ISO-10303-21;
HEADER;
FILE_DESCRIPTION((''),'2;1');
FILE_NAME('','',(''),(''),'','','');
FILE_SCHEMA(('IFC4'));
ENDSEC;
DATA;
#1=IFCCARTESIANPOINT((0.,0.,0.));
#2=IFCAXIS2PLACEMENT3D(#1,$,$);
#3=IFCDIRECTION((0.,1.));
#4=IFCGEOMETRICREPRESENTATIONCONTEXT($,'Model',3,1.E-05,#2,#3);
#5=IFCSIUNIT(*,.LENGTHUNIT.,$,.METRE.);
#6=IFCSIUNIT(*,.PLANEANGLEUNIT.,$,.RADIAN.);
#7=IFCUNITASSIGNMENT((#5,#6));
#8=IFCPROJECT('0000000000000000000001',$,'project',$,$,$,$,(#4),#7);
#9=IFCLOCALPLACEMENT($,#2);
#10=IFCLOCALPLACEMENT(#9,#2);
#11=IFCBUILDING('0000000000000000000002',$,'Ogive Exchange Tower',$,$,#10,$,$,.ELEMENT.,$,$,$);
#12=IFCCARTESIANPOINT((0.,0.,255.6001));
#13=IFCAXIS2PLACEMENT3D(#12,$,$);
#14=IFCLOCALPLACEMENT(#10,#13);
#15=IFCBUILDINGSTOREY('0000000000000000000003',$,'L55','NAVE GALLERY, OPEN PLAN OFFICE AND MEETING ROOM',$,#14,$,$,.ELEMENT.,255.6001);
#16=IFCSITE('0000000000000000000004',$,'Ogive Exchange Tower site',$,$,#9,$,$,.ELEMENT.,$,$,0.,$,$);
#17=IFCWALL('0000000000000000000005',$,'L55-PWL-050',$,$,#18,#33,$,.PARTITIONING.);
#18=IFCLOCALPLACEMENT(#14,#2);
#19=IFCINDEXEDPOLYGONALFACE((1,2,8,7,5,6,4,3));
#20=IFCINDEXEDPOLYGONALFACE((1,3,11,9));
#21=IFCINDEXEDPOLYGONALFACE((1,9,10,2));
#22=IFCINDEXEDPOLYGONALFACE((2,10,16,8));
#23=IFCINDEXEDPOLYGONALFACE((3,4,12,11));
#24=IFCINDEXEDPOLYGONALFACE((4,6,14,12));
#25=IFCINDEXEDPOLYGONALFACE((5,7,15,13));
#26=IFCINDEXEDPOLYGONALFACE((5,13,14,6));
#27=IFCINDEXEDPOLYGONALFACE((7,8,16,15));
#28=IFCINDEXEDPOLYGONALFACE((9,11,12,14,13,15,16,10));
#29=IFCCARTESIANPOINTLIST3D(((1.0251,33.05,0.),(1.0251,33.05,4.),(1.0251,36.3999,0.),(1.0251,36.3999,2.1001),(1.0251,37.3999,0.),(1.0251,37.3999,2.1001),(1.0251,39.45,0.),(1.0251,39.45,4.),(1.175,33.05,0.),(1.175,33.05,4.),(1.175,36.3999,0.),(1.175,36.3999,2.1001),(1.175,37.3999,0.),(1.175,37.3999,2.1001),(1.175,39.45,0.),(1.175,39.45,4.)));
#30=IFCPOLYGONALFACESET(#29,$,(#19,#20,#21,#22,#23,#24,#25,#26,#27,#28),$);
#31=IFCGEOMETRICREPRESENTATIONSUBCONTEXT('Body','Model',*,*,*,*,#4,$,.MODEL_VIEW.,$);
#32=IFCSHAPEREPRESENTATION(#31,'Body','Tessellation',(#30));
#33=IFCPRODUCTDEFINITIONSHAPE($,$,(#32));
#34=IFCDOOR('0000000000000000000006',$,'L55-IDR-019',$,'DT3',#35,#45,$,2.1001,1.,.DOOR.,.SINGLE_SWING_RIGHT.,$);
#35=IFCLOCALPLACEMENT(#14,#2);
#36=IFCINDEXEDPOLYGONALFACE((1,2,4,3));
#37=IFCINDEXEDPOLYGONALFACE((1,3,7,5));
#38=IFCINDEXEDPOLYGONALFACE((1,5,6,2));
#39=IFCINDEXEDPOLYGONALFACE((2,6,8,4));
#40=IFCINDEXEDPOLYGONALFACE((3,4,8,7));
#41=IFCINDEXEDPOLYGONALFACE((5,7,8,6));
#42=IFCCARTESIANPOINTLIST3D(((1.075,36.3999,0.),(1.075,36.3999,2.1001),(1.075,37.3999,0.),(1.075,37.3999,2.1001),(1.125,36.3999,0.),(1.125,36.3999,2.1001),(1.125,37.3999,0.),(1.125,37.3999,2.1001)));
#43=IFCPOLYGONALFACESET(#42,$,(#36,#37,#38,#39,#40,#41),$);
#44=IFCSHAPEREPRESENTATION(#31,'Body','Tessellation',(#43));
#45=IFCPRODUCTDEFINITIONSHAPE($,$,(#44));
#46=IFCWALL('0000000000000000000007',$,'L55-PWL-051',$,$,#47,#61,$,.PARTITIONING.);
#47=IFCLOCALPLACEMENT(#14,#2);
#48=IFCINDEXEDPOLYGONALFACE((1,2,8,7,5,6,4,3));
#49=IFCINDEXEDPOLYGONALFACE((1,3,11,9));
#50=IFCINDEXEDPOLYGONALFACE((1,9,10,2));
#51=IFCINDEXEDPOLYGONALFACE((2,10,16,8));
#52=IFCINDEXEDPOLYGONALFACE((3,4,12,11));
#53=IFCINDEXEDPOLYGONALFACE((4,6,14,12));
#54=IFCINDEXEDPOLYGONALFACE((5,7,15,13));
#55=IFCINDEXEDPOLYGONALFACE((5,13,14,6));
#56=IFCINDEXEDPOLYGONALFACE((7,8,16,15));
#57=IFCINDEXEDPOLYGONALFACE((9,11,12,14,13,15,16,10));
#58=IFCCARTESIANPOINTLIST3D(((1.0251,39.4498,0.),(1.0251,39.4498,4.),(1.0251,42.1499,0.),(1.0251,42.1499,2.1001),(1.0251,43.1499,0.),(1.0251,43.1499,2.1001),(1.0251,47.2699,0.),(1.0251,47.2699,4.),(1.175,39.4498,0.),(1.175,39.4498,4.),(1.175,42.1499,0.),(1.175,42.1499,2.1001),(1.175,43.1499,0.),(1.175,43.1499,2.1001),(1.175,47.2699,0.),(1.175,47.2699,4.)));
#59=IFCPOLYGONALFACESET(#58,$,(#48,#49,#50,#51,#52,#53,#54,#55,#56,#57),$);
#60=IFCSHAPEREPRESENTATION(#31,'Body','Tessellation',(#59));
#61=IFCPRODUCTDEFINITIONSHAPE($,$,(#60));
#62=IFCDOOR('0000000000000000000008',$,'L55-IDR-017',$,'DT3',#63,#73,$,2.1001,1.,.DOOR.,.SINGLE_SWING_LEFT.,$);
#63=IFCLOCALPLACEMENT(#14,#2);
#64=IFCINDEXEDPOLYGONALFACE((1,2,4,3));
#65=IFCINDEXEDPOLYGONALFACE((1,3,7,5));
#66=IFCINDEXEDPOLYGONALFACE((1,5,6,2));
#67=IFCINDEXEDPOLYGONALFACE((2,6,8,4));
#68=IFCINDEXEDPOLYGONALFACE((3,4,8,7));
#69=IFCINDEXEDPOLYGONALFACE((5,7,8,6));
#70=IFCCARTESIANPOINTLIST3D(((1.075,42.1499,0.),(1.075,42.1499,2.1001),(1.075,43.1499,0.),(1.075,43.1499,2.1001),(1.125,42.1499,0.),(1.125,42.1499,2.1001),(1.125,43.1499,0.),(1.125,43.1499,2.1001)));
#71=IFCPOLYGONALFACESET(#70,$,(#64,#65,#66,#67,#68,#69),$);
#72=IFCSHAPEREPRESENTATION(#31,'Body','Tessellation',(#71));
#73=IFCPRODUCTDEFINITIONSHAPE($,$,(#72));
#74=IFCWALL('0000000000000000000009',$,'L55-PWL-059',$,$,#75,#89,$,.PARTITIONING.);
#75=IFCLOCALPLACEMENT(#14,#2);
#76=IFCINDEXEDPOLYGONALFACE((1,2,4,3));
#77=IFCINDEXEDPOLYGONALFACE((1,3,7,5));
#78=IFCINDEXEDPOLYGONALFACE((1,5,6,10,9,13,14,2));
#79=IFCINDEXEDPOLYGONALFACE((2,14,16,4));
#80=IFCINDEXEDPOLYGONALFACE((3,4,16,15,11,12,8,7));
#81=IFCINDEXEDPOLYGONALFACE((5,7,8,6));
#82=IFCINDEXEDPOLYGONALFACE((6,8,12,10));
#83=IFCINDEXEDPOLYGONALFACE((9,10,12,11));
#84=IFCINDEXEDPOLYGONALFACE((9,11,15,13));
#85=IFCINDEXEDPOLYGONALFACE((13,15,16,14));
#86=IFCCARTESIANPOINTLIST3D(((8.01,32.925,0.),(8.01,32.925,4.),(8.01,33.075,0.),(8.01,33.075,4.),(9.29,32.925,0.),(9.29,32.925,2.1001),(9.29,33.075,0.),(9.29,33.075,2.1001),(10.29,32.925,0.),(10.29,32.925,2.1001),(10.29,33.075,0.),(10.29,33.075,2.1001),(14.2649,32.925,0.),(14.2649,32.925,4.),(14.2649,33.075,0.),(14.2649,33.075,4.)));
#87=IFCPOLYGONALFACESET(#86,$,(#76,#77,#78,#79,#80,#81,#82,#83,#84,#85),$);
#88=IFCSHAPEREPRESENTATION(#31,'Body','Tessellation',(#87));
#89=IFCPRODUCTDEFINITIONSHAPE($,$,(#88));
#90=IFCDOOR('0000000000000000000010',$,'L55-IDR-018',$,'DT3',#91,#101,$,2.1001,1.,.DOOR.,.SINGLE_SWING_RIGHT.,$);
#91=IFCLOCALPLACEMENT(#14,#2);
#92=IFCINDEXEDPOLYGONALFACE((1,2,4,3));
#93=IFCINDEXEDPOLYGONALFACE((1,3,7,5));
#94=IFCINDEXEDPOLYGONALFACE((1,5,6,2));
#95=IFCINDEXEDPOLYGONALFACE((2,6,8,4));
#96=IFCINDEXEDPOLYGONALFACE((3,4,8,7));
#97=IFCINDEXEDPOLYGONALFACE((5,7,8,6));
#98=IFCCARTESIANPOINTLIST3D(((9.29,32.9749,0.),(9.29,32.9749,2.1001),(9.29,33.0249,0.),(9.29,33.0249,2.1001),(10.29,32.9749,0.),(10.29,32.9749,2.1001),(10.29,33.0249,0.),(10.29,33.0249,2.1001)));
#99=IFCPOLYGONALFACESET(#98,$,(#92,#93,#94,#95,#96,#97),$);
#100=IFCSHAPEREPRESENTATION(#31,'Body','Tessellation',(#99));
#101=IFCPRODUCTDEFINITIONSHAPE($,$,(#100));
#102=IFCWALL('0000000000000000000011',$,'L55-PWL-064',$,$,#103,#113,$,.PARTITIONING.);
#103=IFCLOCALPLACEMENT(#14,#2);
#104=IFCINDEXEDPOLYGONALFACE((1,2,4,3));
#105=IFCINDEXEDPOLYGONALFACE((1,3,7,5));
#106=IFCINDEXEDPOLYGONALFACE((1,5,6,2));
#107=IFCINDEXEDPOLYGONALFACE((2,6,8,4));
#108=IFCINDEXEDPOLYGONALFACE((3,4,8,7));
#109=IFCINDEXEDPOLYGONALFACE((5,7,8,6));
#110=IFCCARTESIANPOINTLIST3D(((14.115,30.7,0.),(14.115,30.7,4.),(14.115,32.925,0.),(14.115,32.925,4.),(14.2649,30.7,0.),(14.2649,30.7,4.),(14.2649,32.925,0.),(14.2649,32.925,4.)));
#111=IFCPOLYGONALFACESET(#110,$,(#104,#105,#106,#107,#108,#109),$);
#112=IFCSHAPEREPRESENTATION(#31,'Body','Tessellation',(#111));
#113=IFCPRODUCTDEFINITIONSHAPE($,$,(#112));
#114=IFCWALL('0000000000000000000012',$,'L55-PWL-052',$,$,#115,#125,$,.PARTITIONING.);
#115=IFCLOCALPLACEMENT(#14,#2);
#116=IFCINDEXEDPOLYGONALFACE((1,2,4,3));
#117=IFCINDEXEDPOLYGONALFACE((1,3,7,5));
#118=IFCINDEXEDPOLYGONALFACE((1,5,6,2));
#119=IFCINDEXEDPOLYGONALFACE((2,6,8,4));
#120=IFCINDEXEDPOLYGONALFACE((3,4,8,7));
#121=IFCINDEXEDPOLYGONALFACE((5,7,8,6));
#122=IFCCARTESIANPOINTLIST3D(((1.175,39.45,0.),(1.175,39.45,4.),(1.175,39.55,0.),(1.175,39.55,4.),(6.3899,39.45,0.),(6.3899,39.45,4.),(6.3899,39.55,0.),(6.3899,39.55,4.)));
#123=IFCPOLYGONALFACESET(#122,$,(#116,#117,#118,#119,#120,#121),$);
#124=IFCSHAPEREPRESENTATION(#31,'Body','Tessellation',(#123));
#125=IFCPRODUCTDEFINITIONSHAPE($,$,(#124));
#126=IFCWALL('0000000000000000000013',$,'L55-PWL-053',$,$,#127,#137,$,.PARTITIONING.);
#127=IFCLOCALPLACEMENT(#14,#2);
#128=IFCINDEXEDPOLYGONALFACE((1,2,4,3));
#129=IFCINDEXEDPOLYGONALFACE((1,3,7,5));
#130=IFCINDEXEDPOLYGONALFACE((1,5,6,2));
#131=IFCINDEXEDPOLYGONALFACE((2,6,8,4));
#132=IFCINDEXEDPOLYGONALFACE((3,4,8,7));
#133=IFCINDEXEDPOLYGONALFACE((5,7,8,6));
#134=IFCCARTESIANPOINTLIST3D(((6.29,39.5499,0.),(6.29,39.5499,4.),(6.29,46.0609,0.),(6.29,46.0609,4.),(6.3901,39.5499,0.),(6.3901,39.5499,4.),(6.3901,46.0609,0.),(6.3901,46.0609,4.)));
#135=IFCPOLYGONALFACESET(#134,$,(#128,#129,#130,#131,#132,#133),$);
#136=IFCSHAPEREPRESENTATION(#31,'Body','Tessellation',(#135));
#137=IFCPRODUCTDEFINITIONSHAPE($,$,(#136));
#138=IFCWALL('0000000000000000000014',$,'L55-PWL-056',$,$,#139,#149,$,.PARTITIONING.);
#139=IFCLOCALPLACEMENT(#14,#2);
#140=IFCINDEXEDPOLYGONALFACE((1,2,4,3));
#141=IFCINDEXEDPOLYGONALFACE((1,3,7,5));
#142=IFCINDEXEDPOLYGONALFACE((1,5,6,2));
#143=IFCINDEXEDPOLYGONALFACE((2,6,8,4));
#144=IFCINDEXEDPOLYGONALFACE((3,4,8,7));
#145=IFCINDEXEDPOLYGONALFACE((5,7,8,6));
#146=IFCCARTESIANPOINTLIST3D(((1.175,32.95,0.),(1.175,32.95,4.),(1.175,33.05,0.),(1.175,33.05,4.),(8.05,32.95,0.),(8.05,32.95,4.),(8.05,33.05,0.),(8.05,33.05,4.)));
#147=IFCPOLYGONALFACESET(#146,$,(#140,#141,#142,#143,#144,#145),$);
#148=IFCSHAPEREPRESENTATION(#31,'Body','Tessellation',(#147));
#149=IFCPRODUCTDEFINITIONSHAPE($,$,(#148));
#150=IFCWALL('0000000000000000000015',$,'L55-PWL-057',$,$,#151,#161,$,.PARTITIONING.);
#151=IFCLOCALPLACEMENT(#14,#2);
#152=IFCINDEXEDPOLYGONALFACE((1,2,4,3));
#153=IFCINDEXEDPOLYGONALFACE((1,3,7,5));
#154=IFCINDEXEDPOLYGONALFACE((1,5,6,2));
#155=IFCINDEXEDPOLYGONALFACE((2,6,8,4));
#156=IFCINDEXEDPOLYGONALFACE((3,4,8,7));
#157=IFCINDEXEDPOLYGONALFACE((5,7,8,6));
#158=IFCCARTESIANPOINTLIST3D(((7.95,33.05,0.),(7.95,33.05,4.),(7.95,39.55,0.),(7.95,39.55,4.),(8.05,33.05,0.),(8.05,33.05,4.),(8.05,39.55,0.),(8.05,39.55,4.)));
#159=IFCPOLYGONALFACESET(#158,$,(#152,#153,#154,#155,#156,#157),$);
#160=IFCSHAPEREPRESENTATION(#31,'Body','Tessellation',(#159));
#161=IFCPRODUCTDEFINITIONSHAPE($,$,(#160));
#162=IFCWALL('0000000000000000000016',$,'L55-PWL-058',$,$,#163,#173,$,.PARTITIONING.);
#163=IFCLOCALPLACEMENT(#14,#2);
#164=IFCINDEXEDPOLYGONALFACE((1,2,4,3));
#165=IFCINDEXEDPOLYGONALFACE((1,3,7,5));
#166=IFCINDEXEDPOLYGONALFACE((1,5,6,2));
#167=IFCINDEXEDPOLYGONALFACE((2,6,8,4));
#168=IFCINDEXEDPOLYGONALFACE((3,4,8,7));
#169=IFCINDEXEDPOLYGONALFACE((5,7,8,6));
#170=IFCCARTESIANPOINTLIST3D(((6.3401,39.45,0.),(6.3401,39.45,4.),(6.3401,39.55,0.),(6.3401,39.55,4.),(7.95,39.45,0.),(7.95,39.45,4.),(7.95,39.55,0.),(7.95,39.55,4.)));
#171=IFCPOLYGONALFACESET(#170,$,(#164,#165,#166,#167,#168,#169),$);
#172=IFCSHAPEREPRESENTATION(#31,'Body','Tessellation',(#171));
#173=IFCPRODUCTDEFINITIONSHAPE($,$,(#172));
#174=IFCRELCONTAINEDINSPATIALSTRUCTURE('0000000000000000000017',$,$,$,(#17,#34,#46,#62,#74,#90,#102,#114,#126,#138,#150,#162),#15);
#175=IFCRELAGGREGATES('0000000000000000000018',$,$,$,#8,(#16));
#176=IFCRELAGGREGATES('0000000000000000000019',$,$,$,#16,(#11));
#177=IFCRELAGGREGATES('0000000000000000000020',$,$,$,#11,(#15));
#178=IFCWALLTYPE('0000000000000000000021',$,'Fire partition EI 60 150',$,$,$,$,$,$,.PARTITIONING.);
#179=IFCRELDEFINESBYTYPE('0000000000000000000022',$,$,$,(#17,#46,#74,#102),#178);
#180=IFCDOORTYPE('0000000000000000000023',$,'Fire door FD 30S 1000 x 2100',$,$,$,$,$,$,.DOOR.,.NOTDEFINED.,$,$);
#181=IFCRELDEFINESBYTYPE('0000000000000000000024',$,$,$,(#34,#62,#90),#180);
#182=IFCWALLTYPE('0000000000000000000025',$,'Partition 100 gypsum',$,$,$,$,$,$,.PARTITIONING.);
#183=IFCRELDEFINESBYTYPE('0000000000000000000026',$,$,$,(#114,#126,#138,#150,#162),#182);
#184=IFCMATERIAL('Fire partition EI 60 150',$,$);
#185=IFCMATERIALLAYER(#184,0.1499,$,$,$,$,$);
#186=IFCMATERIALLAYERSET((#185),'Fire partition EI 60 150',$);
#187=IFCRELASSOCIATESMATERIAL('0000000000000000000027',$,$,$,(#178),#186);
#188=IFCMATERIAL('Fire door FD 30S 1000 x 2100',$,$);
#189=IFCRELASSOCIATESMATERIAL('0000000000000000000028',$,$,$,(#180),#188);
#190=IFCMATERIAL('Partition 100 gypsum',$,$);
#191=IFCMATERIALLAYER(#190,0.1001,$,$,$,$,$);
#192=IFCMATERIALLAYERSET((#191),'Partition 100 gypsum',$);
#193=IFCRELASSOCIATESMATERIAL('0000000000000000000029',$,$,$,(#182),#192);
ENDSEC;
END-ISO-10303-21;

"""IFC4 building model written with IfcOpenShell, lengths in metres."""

from ifc_helpers import new_model, si_unit, direction, frame, frame_2d, origin, place, context, subcontext, project, spatial, rectangle, extrude, material, layer, layer_set, type_object, element, fill, save


model = new_model("IFC4")

# Units and contexts
model_context = context("Model", 3, precision=1e-05, world=origin(), true_north=direction((0.0, 1.0)))
body_context = subcontext(model_context, "Body", "Model", "MODEL_VIEW")
ifc_project = project(units=[si_unit("LENGTHUNIT", "METRE"), si_unit("PLANEANGLEUNIT", "RADIAN")], contexts=[model_context])

# Site, building, storey
site_placement = place(None, origin())
site = spatial("IfcSite", under=ifc_project, at=site_placement, Name="Ogive Exchange Tower site", CompositionType="ELEMENT", RefElevation=0.0)
building_placement = place(site_placement, origin())
building = spatial("IfcBuilding", under=site, at=building_placement, Name="Ogive Exchange Tower", CompositionType="ELEMENT")
storey_placement = place(building_placement, frame((0.0, 0.0, 255.6001)))
storey = spatial("IfcBuildingStorey", under=building, at=storey_placement, Name="L55", Description="NAVE GALLERY, OPEN PLAN OFFICE AND MEETING ROOM", CompositionType="ELEMENT", Elevation=255.6001)

# Walls, openings, doors
ifc_material_1 = material(Name="Fire partition EI 60 150")
ifc_layer_1 = layer(ifc_material_1, 0.1499)
ifc_layer_set_1 = layer_set([ifc_layer_1], Name="Fire partition EI 60 150")
wall_type_1 = type_object("IfcWallType", Name="Fire partition EI 60 150", PredefinedType="PARTITIONING", material=ifc_layer_set_1)
ifc_material_2 = material(Name="Fire door FD 30S 1000 x 2100")
door_type = type_object("IfcDoorType", Name="Fire door FD 30S 1000 x 2100", OperationType="NOTDEFINED", PredefinedType="DOOR", material=ifc_material_2)
wall_1_placement = place(storey_placement, frame((1.1001, 39.45, 0.0), z_axis=(0.0, 0.0, 1.0), x_axis=(0.0, -1.0, 0.0)))
wall_1 = element("IfcWall", 1, at=wall_1_placement, inside=storey, type_object=wall_type_1, Name="L55-PWL-050", PredefinedType="PARTITIONING", context=body_context, shape_type="SweptSolid", body=[
    extrude(rectangle(XDim=6.3999, YDim=0.1499, at=frame_2d((3.2, 0.0))), origin(), (0.0, 0.0, 1.0), 4.0),
])
opening_1_placement = place(wall_1_placement, frame((2.05, 0.0, 0.0)))
opening_1 = element("IfcOpeningElement", 2, at=opening_1_placement, cuts=wall_1, PredefinedType="OPENING", context=body_context, shape_type="SweptSolid", body=[
    extrude(rectangle(XDim=1.0, YDim=2.1001, at=frame_2d((0.5, 1.05))), frame((0.0, 0.085, 0.0), z_axis=(0.0, -1.0, 0.0), x_axis=(1.0, 0.0, 0.0)), (0.0, 0.0, 1.0), 0.1699),
])
door_1_placement = place(opening_1_placement, origin())
door_1 = element("IfcDoor", 3, at=door_1_placement, inside=storey, type_object=door_type, Name="L55-IDR-019", ObjectType="DT3", OperationType="SINGLE_SWING_RIGHT", OverallHeight=2.1001, OverallWidth=1.0, PredefinedType="DOOR", context=body_context, shape_type="SweptSolid", body=[
    extrude(rectangle(XDim=1.0, YDim=2.1001, at=frame_2d((0.5, 1.05))), frame((0.0, 0.0249, 0.0), z_axis=(0.0, -1.0, 0.0), x_axis=(1.0, 0.0, 0.0)), (0.0, 0.0, 1.0), 0.05),
])
fill(opening_1, door_1)
wall_2_placement = place(storey_placement, frame((1.1001, 47.27, 0.0), z_axis=(0.0, 0.0, 1.0), x_axis=(0.0, -1.0, 0.0)))
wall_2 = element("IfcWall", 4, at=wall_2_placement, inside=storey, type_object=wall_type_1, Name="L55-PWL-051", PredefinedType="PARTITIONING", context=body_context, shape_type="SweptSolid", body=[
    extrude(rectangle(XDim=7.8201, YDim=0.1499, at=frame_2d((3.9102, 0.0))), origin(), (0.0, 0.0, 1.0), 4.0),
])
opening_2_placement = place(wall_2_placement, frame((4.1201, 0.0, 0.0)))
opening_2 = element("IfcOpeningElement", 5, at=opening_2_placement, cuts=wall_2, PredefinedType="OPENING", context=body_context, shape_type="SweptSolid", body=[
    extrude(rectangle(XDim=1.0, YDim=2.1001, at=frame_2d((0.5, 1.05))), frame((0.0, 0.085, 0.0), z_axis=(0.0, -1.0, 0.0), x_axis=(1.0, 0.0, 0.0)), (0.0, 0.0, 1.0), 0.1699),
])
door_2_placement = place(opening_2_placement, origin())
door_2 = element("IfcDoor", 6, at=door_2_placement, inside=storey, type_object=door_type, Name="L55-IDR-017", ObjectType="DT3", OperationType="SINGLE_SWING_LEFT", OverallHeight=2.1001, OverallWidth=1.0, PredefinedType="DOOR", context=body_context, shape_type="SweptSolid", body=[
    extrude(rectangle(XDim=1.0, YDim=2.1001, at=frame_2d((0.5, 1.05))), frame((0.0, 0.0249, 0.0), z_axis=(0.0, -1.0, 0.0), x_axis=(1.0, 0.0, 0.0)), (0.0, 0.0, 1.0), 0.05),
])
fill(opening_2, door_2)
wall_3_placement = place(storey_placement, frame((8.01, 33.0, 0.0), z_axis=(0.0, 0.0, 1.0), x_axis=(1.0, 0.0, 0.0)))
wall_3 = element("IfcWall", 7, at=wall_3_placement, inside=storey, type_object=wall_type_1, Name="L55-PWL-059", PredefinedType="PARTITIONING", context=body_context, shape_type="SweptSolid", body=[
    extrude(rectangle(XDim=6.2549, YDim=0.1499, at=frame_2d((3.1274, 0.0))), origin(), (0.0, 0.0, 1.0), 4.0),
])
opening_3_placement = place(wall_3_placement, frame((1.28, 0.0, 0.0)))
opening_3 = element("IfcOpeningElement", 8, at=opening_3_placement, cuts=wall_3, PredefinedType="OPENING", context=body_context, shape_type="SweptSolid", body=[
    extrude(rectangle(XDim=1.0, YDim=2.1001, at=frame_2d((0.5, 1.05))), frame((0.0, 0.085, 0.0), z_axis=(0.0, -1.0, 0.0), x_axis=(1.0, 0.0, 0.0)), (0.0, 0.0, 1.0), 0.1699),
])
door_3_placement = place(opening_3_placement, origin())
door_3 = element("IfcDoor", 9, at=door_3_placement, inside=storey, type_object=door_type, Name="L55-IDR-018", ObjectType="DT3", OperationType="SINGLE_SWING_RIGHT", OverallHeight=2.1001, OverallWidth=1.0, PredefinedType="DOOR", context=body_context, shape_type="SweptSolid", body=[
    extrude(rectangle(XDim=1.0, YDim=2.1001, at=frame_2d((0.5, 1.05))), frame((0.0, 0.0249, 0.0), z_axis=(0.0, -1.0, 0.0), x_axis=(1.0, 0.0, 0.0)), (0.0, 0.0, 1.0), 0.05),
])
fill(opening_3, door_3)

# Walls
wall_4_placement = place(storey_placement, frame((14.1899, 32.925, 0.0), z_axis=(0.0, 0.0, 1.0), x_axis=(0.0, -1.0, 0.0)))
element("IfcWall", 10, at=wall_4_placement, inside=storey, type_object=wall_type_1, Name="L55-PWL-064", PredefinedType="PARTITIONING", context=body_context, shape_type="SweptSolid", body=[
    extrude(rectangle(XDim=2.2251, YDim=0.1499, at=frame_2d((1.1125, 0.0))), origin(), (0.0, 0.0, 1.0), 4.0),
])
ifc_material_3 = material(Name="Partition 100 gypsum")
ifc_layer_2 = layer(ifc_material_3, 0.1001)
ifc_layer_set_2 = layer_set([ifc_layer_2], Name="Partition 100 gypsum")
wall_type_2 = type_object("IfcWallType", Name="Partition 100 gypsum", PredefinedType="PARTITIONING", material=ifc_layer_set_2)
wall_5_placement = place(storey_placement, frame((6.3899, 39.5, 0.0), z_axis=(0.0, 0.0, 1.0), x_axis=(-1.0, 0.0, 0.0)))
element("IfcWall", 11, at=wall_5_placement, inside=storey, type_object=wall_type_2, Name="L55-PWL-052", PredefinedType="PARTITIONING", context=body_context, shape_type="SweptSolid", body=[
    extrude(rectangle(XDim=5.2148, YDim=0.1001, at=frame_2d((2.6074, 0.0))), origin(), (0.0, 0.0, 1.0), 4.0),
])
wall_6_placement = place(storey_placement, frame((6.3401, 39.55, 0.0), z_axis=(0.0, 0.0, 1.0), x_axis=(0.0, 1.0, 0.0)))
element("IfcWall", 12, at=wall_6_placement, inside=storey, type_object=wall_type_2, Name="L55-PWL-053", PredefinedType="PARTITIONING", context=body_context, shape_type="SweptSolid", body=[
    extrude(rectangle(XDim=6.511, YDim=0.1001, at=frame_2d((3.2554, 0.0))), origin(), (0.0, 0.0, 1.0), 4.0),
])
wall_7_placement = place(storey_placement, frame((8.05, 33.0, 0.0), z_axis=(0.0, 0.0, 1.0), x_axis=(-1.0, 0.0, 0.0)))
element("IfcWall", 13, at=wall_7_placement, inside=storey, type_object=wall_type_2, Name="L55-PWL-056", PredefinedType="PARTITIONING", context=body_context, shape_type="SweptSolid", body=[
    extrude(rectangle(XDim=6.875, YDim=0.1001, at=frame_2d((3.4375, 0.0))), origin(), (0.0, 0.0, 1.0), 4.0),
])
wall_8_placement = place(storey_placement, frame((8.0, 33.05, 0.0), z_axis=(0.0, 0.0, 1.0), x_axis=(0.0, 1.0, 0.0)))
element("IfcWall", 14, at=wall_8_placement, inside=storey, type_object=wall_type_2, Name="L55-PWL-057", PredefinedType="PARTITIONING", context=body_context, shape_type="SweptSolid", body=[
    extrude(rectangle(XDim=6.5, YDim=0.1001, at=frame_2d((3.25, 0.0))), origin(), (0.0, 0.0, 1.0), 4.0),
])
wall_9_placement = place(storey_placement, frame((7.95, 39.5, 0.0), z_axis=(0.0, 0.0, 1.0), x_axis=(-1.0, 0.0, 0.0)))
element("IfcWall", 15, at=wall_9_placement, inside=storey, type_object=wall_type_2, Name="L55-PWL-058", PredefinedType="PARTITIONING", context=body_context, shape_type="SweptSolid", body=[
    extrude(rectangle(XDim=1.6099, YDim=0.1001, at=frame_2d((0.8049, 0.0))), origin(), (0.0, 0.0, 1.0), 4.0),
])

save(model, "model.ifc")
